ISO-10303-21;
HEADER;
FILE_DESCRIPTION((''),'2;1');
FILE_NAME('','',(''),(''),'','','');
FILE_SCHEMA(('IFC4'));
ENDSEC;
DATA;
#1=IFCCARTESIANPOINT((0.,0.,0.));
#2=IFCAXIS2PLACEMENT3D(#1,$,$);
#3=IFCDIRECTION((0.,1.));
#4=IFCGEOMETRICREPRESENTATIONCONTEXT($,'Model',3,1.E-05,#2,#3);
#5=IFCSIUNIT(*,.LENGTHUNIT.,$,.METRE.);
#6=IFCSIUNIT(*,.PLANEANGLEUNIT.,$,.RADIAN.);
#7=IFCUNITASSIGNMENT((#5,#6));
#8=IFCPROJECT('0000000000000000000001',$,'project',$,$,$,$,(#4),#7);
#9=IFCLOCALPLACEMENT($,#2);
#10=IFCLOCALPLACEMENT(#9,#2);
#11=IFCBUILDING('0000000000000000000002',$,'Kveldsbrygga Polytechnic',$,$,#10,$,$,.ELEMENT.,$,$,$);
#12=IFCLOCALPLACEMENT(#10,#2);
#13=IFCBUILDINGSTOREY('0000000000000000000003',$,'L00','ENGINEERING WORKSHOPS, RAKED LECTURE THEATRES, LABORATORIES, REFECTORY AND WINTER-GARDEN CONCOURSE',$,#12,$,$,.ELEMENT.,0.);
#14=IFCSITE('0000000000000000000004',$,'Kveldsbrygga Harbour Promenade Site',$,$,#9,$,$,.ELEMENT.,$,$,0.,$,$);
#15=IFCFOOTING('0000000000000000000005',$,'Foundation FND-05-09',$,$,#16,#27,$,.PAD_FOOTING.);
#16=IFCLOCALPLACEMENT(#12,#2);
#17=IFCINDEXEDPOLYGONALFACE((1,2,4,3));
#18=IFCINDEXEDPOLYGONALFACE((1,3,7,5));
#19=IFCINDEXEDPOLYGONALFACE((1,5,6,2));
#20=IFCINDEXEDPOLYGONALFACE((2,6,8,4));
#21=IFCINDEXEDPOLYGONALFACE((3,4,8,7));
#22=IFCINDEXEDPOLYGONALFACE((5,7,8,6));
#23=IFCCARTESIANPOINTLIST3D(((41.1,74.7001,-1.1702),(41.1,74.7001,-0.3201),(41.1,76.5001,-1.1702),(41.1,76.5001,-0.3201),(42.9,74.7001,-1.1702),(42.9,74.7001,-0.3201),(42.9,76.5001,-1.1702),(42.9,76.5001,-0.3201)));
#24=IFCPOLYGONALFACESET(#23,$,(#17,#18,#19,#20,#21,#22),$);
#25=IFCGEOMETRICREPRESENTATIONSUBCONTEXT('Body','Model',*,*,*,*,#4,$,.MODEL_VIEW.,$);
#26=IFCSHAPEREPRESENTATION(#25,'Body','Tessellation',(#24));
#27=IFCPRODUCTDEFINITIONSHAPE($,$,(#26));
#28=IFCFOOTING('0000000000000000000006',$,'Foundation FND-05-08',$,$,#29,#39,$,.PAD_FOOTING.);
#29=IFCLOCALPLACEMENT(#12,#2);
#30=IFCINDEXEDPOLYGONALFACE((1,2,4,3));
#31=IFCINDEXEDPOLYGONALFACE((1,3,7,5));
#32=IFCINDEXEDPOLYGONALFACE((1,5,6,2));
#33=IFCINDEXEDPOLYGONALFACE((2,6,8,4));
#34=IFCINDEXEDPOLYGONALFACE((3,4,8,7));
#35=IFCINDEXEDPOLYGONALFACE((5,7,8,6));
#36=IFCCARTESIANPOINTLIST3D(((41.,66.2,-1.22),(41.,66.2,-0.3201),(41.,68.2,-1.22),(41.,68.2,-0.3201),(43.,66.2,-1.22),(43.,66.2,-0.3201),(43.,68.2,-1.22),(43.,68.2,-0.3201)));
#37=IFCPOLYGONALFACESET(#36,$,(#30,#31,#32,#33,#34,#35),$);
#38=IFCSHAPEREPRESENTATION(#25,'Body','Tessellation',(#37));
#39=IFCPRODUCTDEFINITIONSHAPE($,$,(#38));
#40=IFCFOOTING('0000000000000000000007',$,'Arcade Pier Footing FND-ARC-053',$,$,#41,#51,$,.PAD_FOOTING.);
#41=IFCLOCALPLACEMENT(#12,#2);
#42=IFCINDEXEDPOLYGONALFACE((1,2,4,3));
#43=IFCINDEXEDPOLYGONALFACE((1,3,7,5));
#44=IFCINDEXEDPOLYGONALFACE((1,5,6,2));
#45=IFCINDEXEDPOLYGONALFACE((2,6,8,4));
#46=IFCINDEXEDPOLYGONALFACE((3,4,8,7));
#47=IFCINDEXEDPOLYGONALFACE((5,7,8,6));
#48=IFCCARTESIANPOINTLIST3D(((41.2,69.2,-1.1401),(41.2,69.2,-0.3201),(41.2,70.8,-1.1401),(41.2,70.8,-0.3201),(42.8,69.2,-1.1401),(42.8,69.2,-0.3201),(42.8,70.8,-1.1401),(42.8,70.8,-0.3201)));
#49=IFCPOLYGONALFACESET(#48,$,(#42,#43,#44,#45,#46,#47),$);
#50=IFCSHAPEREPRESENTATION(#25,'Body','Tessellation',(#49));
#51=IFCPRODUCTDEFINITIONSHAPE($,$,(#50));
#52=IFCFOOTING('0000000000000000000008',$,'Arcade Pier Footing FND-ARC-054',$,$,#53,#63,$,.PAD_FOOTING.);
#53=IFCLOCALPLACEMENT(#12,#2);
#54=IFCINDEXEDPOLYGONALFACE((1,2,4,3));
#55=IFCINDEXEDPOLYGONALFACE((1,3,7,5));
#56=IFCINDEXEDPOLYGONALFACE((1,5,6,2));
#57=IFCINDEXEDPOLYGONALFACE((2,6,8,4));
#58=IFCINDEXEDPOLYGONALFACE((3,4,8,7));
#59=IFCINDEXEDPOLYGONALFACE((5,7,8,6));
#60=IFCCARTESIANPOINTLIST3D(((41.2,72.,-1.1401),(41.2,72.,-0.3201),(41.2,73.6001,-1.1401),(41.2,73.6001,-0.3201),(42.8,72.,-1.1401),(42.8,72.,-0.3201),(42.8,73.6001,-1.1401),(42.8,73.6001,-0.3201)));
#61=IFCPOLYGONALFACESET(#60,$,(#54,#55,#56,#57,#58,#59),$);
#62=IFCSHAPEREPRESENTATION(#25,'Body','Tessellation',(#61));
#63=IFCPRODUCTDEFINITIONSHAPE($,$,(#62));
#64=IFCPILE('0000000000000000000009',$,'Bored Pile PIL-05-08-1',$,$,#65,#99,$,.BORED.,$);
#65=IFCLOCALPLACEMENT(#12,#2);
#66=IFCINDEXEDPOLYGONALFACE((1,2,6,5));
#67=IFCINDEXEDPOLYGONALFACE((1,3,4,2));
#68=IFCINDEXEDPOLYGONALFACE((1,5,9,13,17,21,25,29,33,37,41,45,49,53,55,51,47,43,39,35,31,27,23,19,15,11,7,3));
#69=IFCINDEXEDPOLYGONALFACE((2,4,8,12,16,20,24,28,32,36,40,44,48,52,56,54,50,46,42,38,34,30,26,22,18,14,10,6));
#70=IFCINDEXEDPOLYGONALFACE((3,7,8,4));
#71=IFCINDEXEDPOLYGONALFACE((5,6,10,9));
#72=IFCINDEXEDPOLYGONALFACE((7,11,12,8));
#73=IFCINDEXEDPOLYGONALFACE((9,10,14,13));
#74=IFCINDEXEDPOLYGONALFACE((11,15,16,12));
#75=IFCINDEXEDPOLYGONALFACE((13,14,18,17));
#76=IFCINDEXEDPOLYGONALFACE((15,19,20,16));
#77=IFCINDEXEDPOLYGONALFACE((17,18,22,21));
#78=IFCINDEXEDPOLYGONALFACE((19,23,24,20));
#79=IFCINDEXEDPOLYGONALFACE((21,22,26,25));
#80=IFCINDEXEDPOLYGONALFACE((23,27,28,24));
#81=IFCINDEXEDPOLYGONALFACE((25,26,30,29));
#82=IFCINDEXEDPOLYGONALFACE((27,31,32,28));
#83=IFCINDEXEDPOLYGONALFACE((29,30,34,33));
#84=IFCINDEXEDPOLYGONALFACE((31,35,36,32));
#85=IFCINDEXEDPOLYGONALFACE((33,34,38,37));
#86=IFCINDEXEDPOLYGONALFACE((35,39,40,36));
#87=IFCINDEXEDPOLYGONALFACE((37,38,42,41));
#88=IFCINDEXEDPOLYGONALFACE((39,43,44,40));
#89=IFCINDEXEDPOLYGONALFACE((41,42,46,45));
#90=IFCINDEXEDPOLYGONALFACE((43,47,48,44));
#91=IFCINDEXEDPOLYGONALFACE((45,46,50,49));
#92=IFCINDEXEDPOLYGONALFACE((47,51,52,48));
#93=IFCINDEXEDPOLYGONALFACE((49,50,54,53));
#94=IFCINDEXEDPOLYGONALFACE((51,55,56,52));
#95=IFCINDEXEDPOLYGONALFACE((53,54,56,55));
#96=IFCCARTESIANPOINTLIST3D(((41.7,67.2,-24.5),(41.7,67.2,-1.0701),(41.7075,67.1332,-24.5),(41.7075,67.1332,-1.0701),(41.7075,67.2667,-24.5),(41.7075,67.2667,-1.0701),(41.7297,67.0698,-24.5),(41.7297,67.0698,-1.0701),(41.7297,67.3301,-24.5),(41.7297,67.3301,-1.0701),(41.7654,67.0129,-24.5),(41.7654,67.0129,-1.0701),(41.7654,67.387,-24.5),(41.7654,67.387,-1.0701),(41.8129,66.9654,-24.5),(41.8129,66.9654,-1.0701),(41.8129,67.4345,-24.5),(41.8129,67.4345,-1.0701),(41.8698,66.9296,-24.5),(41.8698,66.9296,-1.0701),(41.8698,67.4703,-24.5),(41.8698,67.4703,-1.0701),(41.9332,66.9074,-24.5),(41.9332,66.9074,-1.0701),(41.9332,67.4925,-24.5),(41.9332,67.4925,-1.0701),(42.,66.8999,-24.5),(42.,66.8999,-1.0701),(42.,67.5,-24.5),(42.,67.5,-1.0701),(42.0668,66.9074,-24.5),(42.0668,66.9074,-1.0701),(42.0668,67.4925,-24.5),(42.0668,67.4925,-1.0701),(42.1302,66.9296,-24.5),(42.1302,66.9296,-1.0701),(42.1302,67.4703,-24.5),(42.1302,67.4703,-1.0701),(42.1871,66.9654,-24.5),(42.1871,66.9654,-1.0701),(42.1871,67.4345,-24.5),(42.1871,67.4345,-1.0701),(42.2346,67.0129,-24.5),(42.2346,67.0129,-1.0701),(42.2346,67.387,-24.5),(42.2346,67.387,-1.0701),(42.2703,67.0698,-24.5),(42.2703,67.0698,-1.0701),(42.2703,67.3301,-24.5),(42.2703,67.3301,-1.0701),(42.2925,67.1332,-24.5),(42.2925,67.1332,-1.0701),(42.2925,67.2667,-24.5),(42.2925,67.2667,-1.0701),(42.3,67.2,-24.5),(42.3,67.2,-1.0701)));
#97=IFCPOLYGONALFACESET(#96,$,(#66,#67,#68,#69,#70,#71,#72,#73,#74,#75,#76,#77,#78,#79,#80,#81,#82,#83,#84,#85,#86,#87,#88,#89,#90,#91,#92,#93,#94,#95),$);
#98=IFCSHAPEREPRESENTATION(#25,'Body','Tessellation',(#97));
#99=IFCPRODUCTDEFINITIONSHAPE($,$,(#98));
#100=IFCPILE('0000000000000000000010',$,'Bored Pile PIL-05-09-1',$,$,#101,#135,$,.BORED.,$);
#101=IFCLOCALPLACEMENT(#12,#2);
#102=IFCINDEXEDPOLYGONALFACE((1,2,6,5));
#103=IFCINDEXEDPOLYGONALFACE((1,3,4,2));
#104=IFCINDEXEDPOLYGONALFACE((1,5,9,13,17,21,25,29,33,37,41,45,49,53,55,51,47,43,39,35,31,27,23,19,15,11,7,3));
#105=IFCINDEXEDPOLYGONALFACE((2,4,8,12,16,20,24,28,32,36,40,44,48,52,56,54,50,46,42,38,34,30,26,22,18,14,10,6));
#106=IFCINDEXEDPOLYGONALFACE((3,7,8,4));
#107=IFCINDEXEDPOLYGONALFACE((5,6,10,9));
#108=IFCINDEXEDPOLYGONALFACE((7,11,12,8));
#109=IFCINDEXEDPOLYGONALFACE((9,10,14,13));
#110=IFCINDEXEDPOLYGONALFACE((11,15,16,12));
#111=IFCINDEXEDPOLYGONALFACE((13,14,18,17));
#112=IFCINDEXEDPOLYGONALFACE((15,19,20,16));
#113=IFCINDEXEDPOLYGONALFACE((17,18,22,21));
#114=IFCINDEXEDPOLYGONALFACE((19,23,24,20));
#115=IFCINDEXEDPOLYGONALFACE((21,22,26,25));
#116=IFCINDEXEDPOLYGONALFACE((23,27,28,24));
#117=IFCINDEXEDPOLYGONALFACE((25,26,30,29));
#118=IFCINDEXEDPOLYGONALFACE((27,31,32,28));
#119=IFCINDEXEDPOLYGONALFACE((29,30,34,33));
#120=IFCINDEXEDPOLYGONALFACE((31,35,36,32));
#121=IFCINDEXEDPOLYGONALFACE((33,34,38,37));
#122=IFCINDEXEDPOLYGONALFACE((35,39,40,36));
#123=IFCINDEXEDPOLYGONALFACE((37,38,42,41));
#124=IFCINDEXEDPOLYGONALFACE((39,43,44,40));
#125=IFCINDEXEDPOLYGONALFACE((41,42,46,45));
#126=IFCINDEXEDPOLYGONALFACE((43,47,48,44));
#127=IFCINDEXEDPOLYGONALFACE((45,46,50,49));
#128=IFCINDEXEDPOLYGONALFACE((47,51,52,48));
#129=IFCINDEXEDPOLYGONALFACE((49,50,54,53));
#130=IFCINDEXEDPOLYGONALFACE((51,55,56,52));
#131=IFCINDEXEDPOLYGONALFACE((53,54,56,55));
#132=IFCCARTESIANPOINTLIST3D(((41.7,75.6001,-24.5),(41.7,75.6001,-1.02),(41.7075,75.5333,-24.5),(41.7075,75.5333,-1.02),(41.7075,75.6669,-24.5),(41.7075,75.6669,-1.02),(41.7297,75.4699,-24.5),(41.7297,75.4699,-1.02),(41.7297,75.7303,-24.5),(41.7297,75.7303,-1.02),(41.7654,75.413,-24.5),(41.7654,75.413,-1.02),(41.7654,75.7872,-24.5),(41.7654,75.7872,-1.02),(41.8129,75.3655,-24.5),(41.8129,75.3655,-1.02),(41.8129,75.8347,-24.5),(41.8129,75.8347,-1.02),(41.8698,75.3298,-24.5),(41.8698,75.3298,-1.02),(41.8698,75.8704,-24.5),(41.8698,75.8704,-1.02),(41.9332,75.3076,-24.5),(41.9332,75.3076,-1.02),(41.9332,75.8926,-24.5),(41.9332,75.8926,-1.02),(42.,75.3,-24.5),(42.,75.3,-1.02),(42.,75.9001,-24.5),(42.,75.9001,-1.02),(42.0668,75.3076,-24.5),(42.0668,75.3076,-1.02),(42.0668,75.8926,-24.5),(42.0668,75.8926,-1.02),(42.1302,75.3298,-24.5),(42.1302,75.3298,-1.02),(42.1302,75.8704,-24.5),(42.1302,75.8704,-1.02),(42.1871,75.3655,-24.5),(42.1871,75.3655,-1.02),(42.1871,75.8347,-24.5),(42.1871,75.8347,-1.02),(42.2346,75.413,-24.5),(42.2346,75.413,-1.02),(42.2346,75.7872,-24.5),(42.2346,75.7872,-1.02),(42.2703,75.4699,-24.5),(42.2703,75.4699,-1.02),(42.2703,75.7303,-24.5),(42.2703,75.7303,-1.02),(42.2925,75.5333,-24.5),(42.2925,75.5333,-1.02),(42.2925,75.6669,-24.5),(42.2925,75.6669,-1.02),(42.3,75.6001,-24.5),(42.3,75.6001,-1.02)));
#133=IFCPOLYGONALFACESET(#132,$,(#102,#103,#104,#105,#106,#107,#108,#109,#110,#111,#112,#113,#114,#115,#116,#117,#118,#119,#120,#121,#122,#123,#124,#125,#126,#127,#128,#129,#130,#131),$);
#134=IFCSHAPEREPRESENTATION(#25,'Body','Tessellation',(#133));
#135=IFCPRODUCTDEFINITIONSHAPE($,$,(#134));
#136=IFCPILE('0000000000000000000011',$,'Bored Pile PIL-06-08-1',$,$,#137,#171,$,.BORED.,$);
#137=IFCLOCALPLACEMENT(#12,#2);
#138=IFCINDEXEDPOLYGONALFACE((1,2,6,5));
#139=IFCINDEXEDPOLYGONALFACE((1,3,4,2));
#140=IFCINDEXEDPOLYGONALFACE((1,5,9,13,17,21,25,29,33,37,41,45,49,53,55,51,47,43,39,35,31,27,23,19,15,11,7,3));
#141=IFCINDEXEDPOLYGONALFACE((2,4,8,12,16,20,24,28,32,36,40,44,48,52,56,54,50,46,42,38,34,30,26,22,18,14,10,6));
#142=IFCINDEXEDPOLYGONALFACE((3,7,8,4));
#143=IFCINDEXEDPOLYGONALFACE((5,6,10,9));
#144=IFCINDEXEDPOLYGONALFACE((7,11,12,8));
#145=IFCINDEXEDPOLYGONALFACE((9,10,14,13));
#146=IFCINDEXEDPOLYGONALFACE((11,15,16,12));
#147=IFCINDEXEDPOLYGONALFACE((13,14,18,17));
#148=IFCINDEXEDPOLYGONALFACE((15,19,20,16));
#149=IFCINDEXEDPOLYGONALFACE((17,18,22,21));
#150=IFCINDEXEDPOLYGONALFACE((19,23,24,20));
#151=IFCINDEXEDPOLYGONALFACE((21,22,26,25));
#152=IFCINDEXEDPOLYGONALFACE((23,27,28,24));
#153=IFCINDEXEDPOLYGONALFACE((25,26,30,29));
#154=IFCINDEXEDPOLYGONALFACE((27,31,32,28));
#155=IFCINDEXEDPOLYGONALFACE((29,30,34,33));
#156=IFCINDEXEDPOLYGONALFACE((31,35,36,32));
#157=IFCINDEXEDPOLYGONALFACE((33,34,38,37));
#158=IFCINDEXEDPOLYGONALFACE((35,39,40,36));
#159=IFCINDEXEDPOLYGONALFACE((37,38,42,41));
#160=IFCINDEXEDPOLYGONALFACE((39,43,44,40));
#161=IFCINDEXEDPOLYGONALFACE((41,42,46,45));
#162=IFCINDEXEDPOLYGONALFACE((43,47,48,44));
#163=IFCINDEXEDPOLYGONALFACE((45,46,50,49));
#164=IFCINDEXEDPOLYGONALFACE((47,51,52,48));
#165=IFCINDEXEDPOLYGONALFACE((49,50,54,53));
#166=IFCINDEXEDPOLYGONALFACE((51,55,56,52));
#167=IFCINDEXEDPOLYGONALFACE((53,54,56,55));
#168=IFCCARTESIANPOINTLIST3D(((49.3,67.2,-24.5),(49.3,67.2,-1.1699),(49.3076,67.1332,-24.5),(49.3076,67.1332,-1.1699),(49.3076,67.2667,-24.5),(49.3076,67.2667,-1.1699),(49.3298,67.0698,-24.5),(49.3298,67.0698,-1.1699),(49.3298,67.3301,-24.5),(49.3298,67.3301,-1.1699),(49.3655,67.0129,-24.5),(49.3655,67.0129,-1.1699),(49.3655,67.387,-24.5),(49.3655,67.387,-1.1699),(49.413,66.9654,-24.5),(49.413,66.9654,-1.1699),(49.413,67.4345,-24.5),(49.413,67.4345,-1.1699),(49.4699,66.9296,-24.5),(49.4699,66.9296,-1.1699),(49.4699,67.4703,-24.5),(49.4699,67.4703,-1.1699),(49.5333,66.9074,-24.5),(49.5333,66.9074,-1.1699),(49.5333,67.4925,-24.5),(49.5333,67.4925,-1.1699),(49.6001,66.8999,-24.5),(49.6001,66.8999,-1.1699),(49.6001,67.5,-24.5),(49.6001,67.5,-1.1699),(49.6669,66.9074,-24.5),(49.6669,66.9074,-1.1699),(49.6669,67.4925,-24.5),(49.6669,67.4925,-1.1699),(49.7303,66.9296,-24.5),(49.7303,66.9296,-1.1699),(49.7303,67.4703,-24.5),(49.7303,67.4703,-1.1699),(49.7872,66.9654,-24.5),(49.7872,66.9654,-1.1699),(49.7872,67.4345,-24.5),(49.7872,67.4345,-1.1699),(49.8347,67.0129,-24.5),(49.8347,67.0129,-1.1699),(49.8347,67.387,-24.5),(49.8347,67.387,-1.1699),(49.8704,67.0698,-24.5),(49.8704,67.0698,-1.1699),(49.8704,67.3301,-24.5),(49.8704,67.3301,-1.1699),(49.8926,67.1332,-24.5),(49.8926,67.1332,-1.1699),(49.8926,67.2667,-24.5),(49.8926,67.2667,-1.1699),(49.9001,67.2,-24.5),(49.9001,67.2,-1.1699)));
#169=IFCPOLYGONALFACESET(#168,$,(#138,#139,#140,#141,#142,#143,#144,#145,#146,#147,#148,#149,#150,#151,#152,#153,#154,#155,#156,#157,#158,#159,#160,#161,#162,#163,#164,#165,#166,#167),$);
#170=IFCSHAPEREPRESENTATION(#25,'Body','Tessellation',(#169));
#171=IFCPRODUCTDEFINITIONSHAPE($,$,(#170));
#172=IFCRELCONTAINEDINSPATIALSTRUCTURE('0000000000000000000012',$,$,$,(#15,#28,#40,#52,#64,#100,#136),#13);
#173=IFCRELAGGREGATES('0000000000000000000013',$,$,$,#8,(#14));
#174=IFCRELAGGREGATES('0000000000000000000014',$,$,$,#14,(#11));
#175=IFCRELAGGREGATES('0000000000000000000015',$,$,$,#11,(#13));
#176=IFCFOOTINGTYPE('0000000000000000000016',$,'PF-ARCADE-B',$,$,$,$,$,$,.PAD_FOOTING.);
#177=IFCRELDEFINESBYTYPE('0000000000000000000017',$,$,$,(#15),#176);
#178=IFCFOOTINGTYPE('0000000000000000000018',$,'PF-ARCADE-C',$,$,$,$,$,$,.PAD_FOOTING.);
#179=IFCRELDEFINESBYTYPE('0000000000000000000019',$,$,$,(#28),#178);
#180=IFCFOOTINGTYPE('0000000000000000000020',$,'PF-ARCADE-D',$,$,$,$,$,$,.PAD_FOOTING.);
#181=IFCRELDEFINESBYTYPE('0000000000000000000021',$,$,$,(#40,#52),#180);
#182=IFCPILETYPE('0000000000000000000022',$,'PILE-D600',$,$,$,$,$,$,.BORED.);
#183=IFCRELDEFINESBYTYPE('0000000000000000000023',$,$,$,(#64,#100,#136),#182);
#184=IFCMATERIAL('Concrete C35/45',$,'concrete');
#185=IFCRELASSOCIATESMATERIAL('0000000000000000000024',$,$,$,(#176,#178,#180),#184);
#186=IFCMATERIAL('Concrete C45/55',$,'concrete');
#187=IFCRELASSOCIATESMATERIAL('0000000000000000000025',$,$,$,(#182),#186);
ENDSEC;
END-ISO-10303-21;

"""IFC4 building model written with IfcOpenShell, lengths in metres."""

from ifc_helpers import new_model, si_unit, direction, frame, origin, origin_2d, place, context, subcontext, project, spatial, rectangle, circle, extrude, material, material_profile, profile_set, type_object, element, save


model = new_model("IFC4")

# Units and contexts
model_context = context("Model", 3, precision=1e-05, world=origin(), true_north=direction((0.0, 1.0)))
body_context = subcontext(model_context, "Body", "Model", "MODEL_VIEW")
ifc_project = project(units=[si_unit("LENGTHUNIT", "METRE"), si_unit("PLANEANGLEUNIT", "RADIAN")], contexts=[model_context])

# Site, building, storey
site_placement = place(None, origin())
site = spatial("IfcSite", under=ifc_project, at=site_placement, Name="Kveldsbrygga Harbour Promenade Site", CompositionType="ELEMENT", RefElevation=0.0)
building_placement = place(site_placement, origin())
building = spatial("IfcBuilding", under=site, at=building_placement, Name="Kveldsbrygga Polytechnic", CompositionType="ELEMENT")
storey_placement = place(building_placement, origin())
storey = spatial("IfcBuildingStorey", under=building, at=storey_placement, Name="L00", Description="ENGINEERING WORKSHOPS, RAKED LECTURE THEATRES, LABORATORIES, REFECTORY AND WINTER-GARDEN CONCOURSE", CompositionType="ELEMENT", Elevation=0.0)

# Footings
ifc_material_1 = material(Name="Concrete C35/45", Category="concrete")
footing_type_1 = type_object("IfcFootingType", Name="PF-ARCADE-B", PredefinedType="PAD_FOOTING", material=ifc_material_1)
footing_1_placement = place(storey_placement, frame((42.0, 75.6001, -1.1702), z_axis=(0.0, 0.0, 1.0), x_axis=(1.0, 0.0, 0.0)))
element("IfcFooting", 1, at=footing_1_placement, inside=storey, type_object=footing_type_1, Name="Foundation FND-05-09", PredefinedType="PAD_FOOTING", context=body_context, shape_type="SweptSolid", body=[
    extrude(rectangle(XDim=1.8, YDim=1.8, at=origin_2d()), origin(), (0.0, 0.0, 1.0), 0.8501),
])
footing_type_2 = type_object("IfcFootingType", Name="PF-ARCADE-C", PredefinedType="PAD_FOOTING", material=ifc_material_1)
footing_2_placement = place(storey_placement, frame((42.0, 67.2, -1.22), z_axis=(0.0, 0.0, 1.0), x_axis=(1.0, 0.0, 0.0)))
element("IfcFooting", 2, at=footing_2_placement, inside=storey, type_object=footing_type_2, Name="Foundation FND-05-08", PredefinedType="PAD_FOOTING", context=body_context, shape_type="SweptSolid", body=[
    extrude(rectangle(XDim=2.0, YDim=2.0, at=origin_2d()), origin(), (0.0, 0.0, 1.0), 0.8999),
])
footing_type_3 = type_object("IfcFootingType", Name="PF-ARCADE-D", PredefinedType="PAD_FOOTING", material=ifc_material_1)
for number, where, z_axis, x_axis, name in (
    (3, (42.0, 70.0, -1.1401), (0.0, 0.0, 1.0), (1.0, 0.0, 0.0), "Arcade Pier Footing FND-ARC-053"),
    (4, (42.0, 72.8, -1.1401), (0.0, 0.0, 1.0), (1.0, 0.0, 0.0), "Arcade Pier Footing FND-ARC-054"),
):
    element("IfcFooting", number, at=place(storey_placement, frame(where, z_axis=z_axis, x_axis=x_axis)), inside=storey, type_object=footing_type_3, Name=name, PredefinedType="PAD_FOOTING", context=body_context, shape_type="SweptSolid", body=[
        extrude(rectangle(XDim=1.6001, YDim=1.6001, at=origin_2d()), origin(), (0.0, 0.0, 1.0), 0.8201),
    ])

# Piles
ifc_material_2 = material(Name="Concrete C45/55", Category="concrete")
ifc_material_profile_1 = material_profile(ifc_material_2, circle(Radius=0.3, at=origin_2d()), Name="PILE D600")
ifc_profile_set_1 = profile_set([ifc_material_profile_1], Name="Concrete C45/55")
pile_type = type_object("IfcPileType", Name="PILE-D600", PredefinedType="BORED", material=ifc_profile_set_1)
pile_1_placement = place(storey_placement, frame((42.0, 67.2, -1.0701), z_axis=(0.0, 0.0, -1.0), x_axis=(1.0, 0.0, 0.0)))
element("IfcPile", 5, at=pile_1_placement, inside=storey, type_object=pile_type, Name="Bored Pile PIL-05-08-1", PredefinedType="BORED", context=body_context, shape_type="SweptSolid", body=[
    extrude(circle(Radius=0.3, at=origin_2d()), origin(), (0.0, 0.0, 1.0), 23.4299),
])
pile_2_placement = place(storey_placement, frame((42.0, 75.6001, -1.02), z_axis=(0.0, 0.0, -1.0), x_axis=(1.0, 0.0, 0.0)))
element("IfcPile", 6, at=pile_2_placement, inside=storey, type_object=pile_type, Name="Bored Pile PIL-05-09-1", PredefinedType="BORED", context=body_context, shape_type="SweptSolid", body=[
    extrude(circle(Radius=0.3, at=origin_2d()), origin(), (0.0, 0.0, 1.0), 23.48),
])
pile_3_placement = place(storey_placement, frame((49.6001, 67.2, -1.1699), z_axis=(0.0, 0.0, -1.0), x_axis=(1.0, 0.0, 0.0)))
element("IfcPile", 7, at=pile_3_placement, inside=storey, type_object=pile_type, Name="Bored Pile PIL-06-08-1", PredefinedType="BORED", context=body_context, shape_type="SweptSolid", body=[
    extrude(circle(Radius=0.3, at=origin_2d()), origin(), (0.0, 0.0, 1.0), 23.3301),
])

save(model, "model.ifc")
